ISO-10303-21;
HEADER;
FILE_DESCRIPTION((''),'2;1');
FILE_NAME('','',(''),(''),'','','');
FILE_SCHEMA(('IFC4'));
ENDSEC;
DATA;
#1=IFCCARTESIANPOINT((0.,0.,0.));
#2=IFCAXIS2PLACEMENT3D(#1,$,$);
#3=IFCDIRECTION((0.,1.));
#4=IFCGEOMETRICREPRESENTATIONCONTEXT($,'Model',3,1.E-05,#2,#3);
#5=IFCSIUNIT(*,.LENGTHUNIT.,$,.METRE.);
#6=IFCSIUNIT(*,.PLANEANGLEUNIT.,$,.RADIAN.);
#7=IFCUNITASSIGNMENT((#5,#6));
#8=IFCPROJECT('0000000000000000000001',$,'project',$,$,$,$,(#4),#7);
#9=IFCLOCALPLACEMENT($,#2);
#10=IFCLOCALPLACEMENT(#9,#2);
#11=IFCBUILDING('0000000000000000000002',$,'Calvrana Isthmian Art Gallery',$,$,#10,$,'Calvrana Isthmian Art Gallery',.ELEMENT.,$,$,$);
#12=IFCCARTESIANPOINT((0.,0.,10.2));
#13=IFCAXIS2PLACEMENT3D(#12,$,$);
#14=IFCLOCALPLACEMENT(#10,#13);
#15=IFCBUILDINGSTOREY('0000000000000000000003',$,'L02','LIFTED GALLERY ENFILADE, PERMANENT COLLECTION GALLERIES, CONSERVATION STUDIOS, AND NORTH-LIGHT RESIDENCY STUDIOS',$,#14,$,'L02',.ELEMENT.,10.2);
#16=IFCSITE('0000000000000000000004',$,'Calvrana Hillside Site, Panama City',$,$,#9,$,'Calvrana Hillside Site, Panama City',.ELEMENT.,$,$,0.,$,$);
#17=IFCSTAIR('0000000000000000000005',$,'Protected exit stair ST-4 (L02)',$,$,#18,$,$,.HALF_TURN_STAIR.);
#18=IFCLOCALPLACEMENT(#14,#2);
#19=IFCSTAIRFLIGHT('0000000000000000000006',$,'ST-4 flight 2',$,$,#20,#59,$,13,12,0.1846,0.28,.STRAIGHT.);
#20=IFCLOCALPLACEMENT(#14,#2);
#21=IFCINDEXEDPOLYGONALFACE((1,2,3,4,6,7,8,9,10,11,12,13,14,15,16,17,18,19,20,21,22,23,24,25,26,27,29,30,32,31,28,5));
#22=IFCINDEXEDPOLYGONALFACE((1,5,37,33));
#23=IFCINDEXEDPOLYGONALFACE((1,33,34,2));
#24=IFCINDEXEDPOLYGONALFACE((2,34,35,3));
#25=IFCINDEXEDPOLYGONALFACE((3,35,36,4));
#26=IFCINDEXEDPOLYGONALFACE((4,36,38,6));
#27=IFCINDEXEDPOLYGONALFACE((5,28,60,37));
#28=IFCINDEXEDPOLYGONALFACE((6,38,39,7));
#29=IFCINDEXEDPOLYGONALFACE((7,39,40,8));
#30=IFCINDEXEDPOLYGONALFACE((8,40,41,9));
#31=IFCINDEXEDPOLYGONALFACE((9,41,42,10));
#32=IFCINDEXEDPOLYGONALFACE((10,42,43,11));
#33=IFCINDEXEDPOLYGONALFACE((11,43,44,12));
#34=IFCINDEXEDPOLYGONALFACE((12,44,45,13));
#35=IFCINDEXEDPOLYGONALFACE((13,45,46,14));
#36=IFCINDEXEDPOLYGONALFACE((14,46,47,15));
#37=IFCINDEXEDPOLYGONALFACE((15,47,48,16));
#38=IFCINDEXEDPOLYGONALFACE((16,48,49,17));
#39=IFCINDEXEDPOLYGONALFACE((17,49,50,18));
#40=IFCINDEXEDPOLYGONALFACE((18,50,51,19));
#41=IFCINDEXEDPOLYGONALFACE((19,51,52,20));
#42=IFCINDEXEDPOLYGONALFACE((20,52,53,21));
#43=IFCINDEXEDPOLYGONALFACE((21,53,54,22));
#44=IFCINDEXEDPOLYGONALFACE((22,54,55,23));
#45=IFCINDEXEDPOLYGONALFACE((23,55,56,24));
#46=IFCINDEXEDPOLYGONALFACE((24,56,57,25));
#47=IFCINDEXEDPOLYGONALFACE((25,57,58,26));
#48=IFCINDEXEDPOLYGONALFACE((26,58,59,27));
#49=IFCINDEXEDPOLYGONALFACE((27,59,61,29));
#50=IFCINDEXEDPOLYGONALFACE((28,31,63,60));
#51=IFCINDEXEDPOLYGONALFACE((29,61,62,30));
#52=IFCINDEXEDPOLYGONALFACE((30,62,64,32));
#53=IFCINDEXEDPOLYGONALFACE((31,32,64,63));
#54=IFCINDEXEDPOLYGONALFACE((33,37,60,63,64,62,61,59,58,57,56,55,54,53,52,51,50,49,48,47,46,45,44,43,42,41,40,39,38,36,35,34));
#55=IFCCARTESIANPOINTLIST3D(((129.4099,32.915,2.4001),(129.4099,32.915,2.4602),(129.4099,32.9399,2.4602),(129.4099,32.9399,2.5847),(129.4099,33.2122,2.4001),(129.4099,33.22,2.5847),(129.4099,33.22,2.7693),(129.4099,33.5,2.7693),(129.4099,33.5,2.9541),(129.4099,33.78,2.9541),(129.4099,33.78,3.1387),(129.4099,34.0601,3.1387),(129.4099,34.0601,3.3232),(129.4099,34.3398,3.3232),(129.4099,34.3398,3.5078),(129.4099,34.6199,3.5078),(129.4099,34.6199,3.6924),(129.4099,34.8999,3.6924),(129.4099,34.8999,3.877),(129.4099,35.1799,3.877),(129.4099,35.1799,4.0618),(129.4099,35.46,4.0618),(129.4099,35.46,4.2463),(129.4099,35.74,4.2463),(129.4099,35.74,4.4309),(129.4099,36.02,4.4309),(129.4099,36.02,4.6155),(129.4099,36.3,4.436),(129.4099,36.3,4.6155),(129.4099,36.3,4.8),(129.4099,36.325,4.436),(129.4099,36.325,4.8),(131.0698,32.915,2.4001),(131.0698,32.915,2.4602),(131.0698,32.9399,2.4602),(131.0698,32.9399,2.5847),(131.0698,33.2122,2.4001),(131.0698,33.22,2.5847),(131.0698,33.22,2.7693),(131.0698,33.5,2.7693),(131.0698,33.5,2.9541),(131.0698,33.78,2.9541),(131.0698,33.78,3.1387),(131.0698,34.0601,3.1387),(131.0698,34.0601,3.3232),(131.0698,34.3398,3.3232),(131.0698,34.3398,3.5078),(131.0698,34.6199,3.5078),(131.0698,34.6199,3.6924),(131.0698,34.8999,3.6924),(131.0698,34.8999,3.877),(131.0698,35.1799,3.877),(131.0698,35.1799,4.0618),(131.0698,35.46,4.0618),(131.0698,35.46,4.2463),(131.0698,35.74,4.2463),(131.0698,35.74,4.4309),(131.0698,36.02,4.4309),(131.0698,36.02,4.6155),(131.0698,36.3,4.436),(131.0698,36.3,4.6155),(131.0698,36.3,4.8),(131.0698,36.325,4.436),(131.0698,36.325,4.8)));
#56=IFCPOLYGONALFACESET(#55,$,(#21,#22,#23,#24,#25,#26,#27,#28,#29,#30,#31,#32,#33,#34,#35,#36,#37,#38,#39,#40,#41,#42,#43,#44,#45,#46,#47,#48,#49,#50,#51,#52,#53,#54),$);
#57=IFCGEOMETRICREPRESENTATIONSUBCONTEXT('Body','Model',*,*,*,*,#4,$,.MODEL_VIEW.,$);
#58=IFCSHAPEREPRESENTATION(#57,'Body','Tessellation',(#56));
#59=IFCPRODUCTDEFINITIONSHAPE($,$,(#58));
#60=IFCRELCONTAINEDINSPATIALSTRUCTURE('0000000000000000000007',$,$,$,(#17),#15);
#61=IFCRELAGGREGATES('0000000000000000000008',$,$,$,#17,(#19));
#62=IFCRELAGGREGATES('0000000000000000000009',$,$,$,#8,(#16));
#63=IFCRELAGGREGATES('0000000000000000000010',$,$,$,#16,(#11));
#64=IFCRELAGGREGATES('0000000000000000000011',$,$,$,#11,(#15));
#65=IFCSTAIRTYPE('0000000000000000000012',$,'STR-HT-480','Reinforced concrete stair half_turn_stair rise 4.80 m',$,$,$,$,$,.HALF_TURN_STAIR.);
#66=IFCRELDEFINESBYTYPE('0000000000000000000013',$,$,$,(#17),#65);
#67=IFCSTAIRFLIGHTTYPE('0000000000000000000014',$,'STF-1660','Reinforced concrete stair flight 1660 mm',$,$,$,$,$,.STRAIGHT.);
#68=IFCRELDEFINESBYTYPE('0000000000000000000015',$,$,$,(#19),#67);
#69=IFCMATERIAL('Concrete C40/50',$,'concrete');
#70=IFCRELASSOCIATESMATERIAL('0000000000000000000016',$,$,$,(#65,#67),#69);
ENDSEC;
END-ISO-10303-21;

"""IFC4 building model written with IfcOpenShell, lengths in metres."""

from ifc_helpers import new_model, si_unit, direction, frame, origin, place, context, subcontext, project, spatial, polyline, outline, extrude, material, type_object, element, aggregate, save


model = new_model("IFC4")

# Units and contexts
model_context = context("Model", 3, precision=1e-05, world=origin(), true_north=direction((0.0, 1.0)))
body_context = subcontext(model_context, "Body", "Model", "MODEL_VIEW")
ifc_project = project(units=[si_unit("LENGTHUNIT", "METRE"), si_unit("PLANEANGLEUNIT", "RADIAN")], contexts=[model_context])

# Site, building, storey
site_placement = place(None, origin())
site = spatial("IfcSite", under=ifc_project, at=site_placement, Name="Calvrana Hillside Site, Panama City", LongName="Calvrana Hillside Site, Panama City", CompositionType="ELEMENT", RefElevation=0.0)
building_placement = place(site_placement, origin())
building = spatial("IfcBuilding", under=site, at=building_placement, Name="Calvrana Isthmian Art Gallery", LongName="Calvrana Isthmian Art Gallery", CompositionType="ELEMENT")
storey_placement = place(building_placement, frame((0.0, 0.0, 10.2)))
storey = spatial("IfcBuildingStorey", under=building, at=storey_placement, Name="L02", Description="LIFTED GALLERY ENFILADE, PERMANENT COLLECTION GALLERIES, CONSERVATION STUDIOS, AND NORTH-LIGHT RESIDENCY STUDIOS", LongName="L02", CompositionType="ELEMENT", Elevation=10.2)

# Shared definitions
ifc_material_1 = material(Name="Concrete C40/50", Category="concrete")

# Stair, stair flight
stair_type = type_object("IfcStairType", Name="STR-HT-480", Description="Reinforced concrete stair half_turn_stair rise 4.80 m", PredefinedType="HALF_TURN_STAIR", material=ifc_material_1)
stair_placement = place(storey_placement, origin())
stair = element("IfcStair", 1, at=stair_placement, inside=storey, type_object=stair_type, Name="Protected exit stair ST-4 (L02)", PredefinedType="HALF_TURN_STAIR")
stair_flight_type = type_object("IfcStairFlightType", Name="STF-1660", Description="Reinforced concrete stair flight 1660 mm", PredefinedType="STRAIGHT", material=ifc_material_1)
stair_flight_1_placement = place(storey_placement, frame((130.24, 32.9399, 2.4001), z_axis=(0.0, 0.0, 1.0), x_axis=(0.0, 1.0, 0.0)))
stair_flight_1 = element("IfcStairFlight", 2, at=stair_flight_1_placement, type_object=stair_flight_type, Name="ST-4 flight 2", NumberOfRisers=13, NumberOfTreads=12, PredefinedType="STRAIGHT", RiserHeight=0.1846, TreadLength=0.28, context=body_context, shape_type="SweptSolid", body=[
    extrude(outline(polyline([(-0.0249, 0.0), (-0.0249, 0.0601), (0.0, 0.0601), (0.0, 0.1846), (0.28, 0.1846), (0.28, 0.3691), (0.5601, 0.3691), (0.5601, 0.554), (0.8401, 0.554), (0.8401, 0.7385), (1.1201, 0.7385), (1.1201, 0.9231), (1.3999, 0.9231), (1.3999, 1.1077), (1.6799, 1.1077), (1.6799, 1.2922), (1.96, 1.2922), (1.96, 1.4768), (2.24, 1.4768), (2.24, 1.6616), (2.52, 1.6616), (2.52, 1.8462), (2.8, 1.8462), (2.8, 2.0308), (3.0801, 2.0308), (3.0801, 2.2153), (3.3601, 2.2153), (3.3601, 2.3999), (3.385, 2.3999), (3.385, 2.0359), (3.3601, 2.0359), (0.2722, 0.0), (-0.0249, 0.0)])), frame((0.0, 0.8301, 0.0), z_axis=(0.0, -1.0, 0.0), x_axis=(1.0, 0.0, 0.0)), (0.0, 0.0, 1.0), 1.6599),
])
aggregate(stair, [stair_flight_1])

save(model, "model.ifc")
